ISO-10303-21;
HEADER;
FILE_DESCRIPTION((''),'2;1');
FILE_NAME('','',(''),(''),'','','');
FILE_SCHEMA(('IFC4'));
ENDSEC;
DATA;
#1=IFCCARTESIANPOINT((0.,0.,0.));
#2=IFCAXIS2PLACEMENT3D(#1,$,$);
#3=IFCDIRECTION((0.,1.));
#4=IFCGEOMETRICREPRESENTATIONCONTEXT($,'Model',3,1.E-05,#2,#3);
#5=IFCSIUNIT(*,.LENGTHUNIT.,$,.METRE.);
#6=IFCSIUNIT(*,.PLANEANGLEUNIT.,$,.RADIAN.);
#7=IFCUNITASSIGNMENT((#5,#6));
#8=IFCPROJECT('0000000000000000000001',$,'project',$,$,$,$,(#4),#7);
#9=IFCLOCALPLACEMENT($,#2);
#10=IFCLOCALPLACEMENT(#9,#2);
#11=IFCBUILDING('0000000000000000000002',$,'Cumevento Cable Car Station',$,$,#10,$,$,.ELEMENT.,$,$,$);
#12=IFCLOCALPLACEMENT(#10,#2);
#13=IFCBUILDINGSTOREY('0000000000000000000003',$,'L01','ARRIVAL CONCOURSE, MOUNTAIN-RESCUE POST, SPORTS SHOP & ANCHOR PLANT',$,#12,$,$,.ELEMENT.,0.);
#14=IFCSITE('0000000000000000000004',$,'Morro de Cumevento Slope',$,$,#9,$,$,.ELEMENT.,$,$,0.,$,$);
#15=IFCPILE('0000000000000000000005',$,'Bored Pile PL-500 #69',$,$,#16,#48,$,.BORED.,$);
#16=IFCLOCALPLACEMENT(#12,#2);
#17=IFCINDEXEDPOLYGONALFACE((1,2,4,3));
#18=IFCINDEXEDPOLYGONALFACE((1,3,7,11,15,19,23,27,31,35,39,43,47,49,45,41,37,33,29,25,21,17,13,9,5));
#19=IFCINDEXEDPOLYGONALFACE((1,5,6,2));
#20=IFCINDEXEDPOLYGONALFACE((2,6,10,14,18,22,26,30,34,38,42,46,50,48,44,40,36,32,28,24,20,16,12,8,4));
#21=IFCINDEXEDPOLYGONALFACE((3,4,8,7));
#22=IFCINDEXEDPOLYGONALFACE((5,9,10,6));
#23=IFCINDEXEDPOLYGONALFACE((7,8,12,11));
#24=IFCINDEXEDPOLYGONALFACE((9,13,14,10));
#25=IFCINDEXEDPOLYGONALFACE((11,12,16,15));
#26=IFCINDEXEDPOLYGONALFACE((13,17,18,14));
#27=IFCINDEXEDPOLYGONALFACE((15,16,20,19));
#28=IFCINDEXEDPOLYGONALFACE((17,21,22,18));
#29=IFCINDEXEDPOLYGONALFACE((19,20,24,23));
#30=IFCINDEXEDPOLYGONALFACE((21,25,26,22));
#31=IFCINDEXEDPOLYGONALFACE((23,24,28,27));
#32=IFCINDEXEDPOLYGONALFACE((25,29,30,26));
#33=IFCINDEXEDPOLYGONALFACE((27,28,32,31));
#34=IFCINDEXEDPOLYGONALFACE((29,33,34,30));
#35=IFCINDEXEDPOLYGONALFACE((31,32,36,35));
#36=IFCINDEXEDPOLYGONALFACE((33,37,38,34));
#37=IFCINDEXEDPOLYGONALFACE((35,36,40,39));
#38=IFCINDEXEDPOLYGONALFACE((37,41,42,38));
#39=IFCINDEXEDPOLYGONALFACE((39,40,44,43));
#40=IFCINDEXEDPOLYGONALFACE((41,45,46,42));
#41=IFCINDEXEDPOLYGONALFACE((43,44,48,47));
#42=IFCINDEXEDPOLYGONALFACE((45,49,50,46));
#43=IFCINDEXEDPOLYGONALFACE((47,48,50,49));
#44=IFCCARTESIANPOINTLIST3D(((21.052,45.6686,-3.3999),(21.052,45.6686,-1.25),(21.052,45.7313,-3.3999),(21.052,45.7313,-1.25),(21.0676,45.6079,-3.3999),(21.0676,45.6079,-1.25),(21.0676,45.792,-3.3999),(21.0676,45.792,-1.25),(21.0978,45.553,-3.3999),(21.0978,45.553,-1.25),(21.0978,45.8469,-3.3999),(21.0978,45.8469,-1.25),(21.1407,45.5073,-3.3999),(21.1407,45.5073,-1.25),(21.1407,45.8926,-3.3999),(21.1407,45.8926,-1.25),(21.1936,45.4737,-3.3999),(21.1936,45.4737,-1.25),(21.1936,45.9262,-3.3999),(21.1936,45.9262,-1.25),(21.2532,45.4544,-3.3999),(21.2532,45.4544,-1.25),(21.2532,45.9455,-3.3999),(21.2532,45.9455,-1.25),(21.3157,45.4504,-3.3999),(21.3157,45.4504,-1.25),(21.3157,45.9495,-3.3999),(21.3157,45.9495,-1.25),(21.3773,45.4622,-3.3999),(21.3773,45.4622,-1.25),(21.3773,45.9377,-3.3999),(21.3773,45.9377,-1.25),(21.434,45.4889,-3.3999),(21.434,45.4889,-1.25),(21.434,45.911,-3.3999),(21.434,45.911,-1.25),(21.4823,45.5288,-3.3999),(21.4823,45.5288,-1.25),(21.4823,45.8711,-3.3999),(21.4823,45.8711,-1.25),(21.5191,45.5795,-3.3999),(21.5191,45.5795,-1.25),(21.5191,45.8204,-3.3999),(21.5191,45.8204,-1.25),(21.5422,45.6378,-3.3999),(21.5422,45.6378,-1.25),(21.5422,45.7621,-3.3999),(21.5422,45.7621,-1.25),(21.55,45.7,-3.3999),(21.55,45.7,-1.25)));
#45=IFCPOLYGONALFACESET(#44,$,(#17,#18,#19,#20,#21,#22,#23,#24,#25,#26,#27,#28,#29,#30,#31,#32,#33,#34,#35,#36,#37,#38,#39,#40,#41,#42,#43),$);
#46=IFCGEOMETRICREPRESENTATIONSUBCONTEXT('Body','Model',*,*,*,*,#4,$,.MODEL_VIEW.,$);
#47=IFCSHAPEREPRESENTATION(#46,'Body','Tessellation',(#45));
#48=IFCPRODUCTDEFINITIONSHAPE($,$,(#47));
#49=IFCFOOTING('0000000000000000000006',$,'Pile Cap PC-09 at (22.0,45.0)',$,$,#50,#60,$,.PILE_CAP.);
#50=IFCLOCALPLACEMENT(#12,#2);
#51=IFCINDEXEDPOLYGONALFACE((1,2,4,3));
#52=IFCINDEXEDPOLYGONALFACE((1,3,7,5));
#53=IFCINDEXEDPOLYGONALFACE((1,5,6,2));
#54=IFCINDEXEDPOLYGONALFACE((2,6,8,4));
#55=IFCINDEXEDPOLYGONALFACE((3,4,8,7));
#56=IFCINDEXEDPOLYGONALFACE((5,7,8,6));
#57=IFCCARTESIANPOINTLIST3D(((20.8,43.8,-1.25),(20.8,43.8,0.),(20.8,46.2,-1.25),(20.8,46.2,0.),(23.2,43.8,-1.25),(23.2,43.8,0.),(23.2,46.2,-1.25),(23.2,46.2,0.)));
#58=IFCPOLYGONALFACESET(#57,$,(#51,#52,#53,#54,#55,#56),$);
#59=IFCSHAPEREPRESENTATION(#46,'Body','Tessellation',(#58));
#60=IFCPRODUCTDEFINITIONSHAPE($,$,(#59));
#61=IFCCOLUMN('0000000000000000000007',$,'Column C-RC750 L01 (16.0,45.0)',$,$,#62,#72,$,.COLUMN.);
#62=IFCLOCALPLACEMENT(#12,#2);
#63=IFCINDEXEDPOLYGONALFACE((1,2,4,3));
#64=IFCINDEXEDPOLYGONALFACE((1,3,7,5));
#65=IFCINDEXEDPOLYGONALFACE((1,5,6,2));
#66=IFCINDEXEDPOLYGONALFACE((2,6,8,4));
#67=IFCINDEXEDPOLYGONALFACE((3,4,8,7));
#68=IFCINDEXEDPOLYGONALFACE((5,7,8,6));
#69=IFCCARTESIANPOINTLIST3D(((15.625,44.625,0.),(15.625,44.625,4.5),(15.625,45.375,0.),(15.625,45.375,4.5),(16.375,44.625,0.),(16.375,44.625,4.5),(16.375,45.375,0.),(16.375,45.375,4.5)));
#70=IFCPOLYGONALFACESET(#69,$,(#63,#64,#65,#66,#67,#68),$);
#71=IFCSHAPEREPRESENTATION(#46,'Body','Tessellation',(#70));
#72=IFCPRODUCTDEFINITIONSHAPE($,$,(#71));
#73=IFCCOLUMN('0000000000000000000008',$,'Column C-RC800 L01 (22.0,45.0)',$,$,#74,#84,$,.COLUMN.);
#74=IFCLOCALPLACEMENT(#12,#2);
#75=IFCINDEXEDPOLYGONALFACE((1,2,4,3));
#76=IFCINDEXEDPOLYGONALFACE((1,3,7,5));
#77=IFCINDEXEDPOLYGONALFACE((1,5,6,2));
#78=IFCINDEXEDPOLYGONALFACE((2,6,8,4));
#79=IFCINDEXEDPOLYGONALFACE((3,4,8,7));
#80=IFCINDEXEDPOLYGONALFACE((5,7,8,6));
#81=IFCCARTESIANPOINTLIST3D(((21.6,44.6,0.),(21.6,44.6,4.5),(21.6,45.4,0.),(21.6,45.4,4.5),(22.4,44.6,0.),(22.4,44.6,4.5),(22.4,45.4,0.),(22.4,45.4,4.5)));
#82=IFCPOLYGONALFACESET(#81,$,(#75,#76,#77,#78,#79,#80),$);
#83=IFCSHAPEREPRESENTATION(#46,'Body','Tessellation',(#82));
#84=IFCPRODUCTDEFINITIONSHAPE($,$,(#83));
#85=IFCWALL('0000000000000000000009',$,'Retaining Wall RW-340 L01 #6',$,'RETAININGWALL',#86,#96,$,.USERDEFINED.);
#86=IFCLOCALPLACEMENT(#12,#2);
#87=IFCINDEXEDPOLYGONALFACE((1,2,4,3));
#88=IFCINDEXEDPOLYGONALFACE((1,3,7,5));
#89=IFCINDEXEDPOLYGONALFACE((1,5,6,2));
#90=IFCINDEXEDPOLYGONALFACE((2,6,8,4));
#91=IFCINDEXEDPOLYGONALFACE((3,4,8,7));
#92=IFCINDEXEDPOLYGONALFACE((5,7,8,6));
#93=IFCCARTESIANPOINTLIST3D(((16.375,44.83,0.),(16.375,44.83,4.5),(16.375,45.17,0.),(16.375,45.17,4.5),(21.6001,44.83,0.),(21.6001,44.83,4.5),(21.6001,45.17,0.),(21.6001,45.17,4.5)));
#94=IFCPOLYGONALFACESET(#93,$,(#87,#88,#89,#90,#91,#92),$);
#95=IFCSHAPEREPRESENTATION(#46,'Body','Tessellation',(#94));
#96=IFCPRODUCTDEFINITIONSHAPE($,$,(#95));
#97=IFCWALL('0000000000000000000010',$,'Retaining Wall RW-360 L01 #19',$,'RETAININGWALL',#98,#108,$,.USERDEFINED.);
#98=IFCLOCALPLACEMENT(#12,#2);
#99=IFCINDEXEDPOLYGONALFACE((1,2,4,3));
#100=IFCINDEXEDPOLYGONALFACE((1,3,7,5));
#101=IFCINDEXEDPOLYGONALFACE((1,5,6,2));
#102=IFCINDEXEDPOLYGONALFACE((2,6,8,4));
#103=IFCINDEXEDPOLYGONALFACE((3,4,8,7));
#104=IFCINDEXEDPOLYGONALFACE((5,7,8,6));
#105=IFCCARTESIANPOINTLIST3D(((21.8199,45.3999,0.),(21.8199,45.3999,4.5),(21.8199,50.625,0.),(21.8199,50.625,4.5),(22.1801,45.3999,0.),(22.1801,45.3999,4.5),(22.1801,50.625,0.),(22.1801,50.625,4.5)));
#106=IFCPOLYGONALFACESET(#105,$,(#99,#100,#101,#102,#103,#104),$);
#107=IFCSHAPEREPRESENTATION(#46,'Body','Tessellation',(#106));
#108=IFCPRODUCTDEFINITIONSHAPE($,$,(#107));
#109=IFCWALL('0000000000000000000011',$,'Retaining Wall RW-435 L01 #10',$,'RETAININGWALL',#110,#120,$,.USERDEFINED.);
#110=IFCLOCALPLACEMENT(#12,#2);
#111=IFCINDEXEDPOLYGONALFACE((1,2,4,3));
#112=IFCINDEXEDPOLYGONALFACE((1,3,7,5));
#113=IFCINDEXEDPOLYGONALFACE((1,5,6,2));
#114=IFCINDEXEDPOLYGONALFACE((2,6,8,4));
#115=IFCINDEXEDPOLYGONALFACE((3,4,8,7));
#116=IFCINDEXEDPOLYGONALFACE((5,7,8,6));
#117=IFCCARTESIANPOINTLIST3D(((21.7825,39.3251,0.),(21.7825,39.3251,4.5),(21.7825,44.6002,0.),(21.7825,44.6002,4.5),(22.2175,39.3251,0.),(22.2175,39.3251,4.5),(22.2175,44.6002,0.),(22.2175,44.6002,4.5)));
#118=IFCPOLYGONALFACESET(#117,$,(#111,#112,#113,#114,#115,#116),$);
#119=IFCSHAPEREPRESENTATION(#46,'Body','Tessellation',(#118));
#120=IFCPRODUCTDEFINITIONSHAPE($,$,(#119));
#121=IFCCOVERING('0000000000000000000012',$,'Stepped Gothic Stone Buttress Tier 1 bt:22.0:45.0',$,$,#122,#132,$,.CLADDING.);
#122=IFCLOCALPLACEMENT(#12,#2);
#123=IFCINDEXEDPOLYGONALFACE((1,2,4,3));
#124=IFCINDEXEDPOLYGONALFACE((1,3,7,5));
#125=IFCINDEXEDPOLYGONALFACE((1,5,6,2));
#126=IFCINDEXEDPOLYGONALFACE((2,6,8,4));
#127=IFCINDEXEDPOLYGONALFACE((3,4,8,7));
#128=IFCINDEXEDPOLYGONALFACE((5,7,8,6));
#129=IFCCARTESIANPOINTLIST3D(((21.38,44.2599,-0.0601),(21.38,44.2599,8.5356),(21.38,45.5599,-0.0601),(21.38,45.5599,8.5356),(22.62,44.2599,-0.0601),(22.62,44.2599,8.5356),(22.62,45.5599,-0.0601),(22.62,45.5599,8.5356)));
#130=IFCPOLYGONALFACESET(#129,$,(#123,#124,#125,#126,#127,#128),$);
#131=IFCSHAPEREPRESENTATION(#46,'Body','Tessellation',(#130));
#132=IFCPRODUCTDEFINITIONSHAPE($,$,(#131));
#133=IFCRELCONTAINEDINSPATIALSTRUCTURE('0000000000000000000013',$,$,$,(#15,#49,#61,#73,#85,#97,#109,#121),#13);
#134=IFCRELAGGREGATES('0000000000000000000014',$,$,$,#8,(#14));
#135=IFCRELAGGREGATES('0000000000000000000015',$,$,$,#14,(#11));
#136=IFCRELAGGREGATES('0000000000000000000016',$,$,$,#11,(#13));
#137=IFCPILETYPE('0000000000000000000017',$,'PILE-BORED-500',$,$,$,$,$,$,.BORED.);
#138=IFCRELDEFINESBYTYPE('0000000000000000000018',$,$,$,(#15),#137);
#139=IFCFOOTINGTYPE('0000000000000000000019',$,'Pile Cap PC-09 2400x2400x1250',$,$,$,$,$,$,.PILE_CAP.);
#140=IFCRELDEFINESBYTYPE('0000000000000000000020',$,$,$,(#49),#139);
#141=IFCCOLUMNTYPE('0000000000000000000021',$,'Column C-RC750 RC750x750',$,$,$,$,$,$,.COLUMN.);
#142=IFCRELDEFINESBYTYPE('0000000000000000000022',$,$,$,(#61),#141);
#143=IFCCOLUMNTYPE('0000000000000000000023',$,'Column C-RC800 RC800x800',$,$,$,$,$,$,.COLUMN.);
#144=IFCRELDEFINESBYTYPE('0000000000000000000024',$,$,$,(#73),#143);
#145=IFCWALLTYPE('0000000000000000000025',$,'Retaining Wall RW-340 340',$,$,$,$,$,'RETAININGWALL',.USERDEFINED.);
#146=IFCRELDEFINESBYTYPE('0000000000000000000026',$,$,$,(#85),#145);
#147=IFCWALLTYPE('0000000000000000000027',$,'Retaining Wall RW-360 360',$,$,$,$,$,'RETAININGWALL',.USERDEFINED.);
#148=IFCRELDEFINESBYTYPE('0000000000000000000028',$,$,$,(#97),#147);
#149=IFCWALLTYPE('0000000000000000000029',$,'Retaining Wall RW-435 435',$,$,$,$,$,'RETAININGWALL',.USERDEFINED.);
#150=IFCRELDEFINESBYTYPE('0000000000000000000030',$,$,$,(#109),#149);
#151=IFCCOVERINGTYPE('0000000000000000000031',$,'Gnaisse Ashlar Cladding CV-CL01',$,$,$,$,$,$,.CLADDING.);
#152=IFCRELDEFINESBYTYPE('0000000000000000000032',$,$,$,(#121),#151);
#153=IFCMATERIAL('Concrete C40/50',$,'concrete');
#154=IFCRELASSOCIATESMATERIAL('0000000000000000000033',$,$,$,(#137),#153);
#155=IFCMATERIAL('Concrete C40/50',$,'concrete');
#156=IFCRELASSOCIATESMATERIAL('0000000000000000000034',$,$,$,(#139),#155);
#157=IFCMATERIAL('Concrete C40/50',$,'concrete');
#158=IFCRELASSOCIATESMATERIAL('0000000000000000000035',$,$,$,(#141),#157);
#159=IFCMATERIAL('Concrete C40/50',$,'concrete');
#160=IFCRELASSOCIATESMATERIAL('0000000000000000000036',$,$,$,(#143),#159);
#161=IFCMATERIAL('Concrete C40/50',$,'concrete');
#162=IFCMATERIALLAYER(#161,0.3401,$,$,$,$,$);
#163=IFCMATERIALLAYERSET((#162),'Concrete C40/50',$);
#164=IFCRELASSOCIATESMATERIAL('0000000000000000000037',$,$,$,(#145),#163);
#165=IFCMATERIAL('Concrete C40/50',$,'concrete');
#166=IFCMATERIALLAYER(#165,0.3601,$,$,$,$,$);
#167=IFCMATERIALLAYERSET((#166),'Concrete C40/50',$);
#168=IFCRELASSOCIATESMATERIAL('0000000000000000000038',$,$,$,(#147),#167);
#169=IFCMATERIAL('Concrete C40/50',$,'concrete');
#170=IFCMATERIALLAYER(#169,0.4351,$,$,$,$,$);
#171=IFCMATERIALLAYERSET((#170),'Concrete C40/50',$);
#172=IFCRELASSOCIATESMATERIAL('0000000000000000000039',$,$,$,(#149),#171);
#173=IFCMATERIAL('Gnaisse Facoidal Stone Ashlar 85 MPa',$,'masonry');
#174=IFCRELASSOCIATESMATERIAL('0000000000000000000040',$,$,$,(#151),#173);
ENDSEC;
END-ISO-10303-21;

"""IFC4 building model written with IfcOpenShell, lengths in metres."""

from ifc_helpers import new_model, si_unit, direction, frame, frame_2d, origin, origin_2d, place, context, subcontext, project, spatial, rectangle, circle, extrude, material, layer, layer_set, material_profile, profile_set, type_object, element, save


model = new_model("IFC4")

# Units and contexts
model_context = context("Model", 3, precision=1e-05, world=origin(), true_north=direction((0.0, 1.0)))
body_context = subcontext(model_context, "Body", "Model", "MODEL_VIEW")
ifc_project = project(units=[si_unit("LENGTHUNIT", "METRE"), si_unit("PLANEANGLEUNIT", "RADIAN")], contexts=[model_context])

# Site, building, storey
site_placement = place(None, origin())
site = spatial("IfcSite", under=ifc_project, at=site_placement, Name="Morro de Cumevento Slope", CompositionType="ELEMENT", RefElevation=0.0)
building_placement = place(site_placement, origin())
building = spatial("IfcBuilding", under=site, at=building_placement, Name="Cumevento Cable Car Station", CompositionType="ELEMENT")
storey_placement = place(building_placement, origin())
storey = spatial("IfcBuildingStorey", under=building, at=storey_placement, Name="L01", Description="ARRIVAL CONCOURSE, MOUNTAIN-RESCUE POST, SPORTS SHOP & ANCHOR PLANT", CompositionType="ELEMENT", Elevation=0.0)

# Pile
ifc_material_1 = material(Name="Concrete C40/50", Category="concrete")
ifc_material_profile_1 = material_profile(ifc_material_1, circle(Radius=0.25, at=origin_2d()), Name="PILE-D500")
ifc_profile_set_1 = profile_set([ifc_material_profile_1], Name="Concrete C40/50")
pile_type_1 = type_object("IfcPileType", Name="PILE-BORED-500", PredefinedType="BORED", material=ifc_profile_set_1)
for number, where, z_axis, x_axis, name in (
    (1, (21.3, 45.7, -1.25), (0.0, 0.0, -1.0), (1.0, 0.0, 0.0), "Bored Pile PL-500 #69"),
):
    element("IfcPile", number, at=place(storey_placement, frame(where, z_axis=z_axis, x_axis=x_axis)), inside=storey, type_object=pile_type_1, Name=name, PredefinedType="BORED", context=body_context, shape_type="SweptSolid", body=[
        extrude(circle(Radius=0.25, at=origin_2d()), origin(), (0.0, 0.0, 1.0), 2.1499),
    ])

# Footing
ifc_material_2 = material(Name="Concrete C40/50", Category="concrete")
footing_type = type_object("IfcFootingType", Name="Pile Cap PC-09 2400x2400x1250", PredefinedType="PILE_CAP", material=ifc_material_2)
footing_placement = place(storey_placement, frame((22.0, 45.0, -1.25), z_axis=(0.0, 0.0, 1.0), x_axis=(1.0, 0.0, 0.0)))
element("IfcFooting", 2, at=footing_placement, inside=storey, type_object=footing_type, Name="Pile Cap PC-09 at (22.0,45.0)", PredefinedType="PILE_CAP", context=body_context, shape_type="SweptSolid", body=[
    extrude(rectangle(XDim=2.3999, YDim=2.3999, at=origin_2d()), origin(), (0.0, 0.0, 1.0), 1.25),
])

# Columns
ifc_material_3 = material(Name="Concrete C40/50", Category="concrete")
ifc_material_profile_2 = material_profile(ifc_material_3, rectangle(XDim=0.75, YDim=0.75, at=origin_2d()), Name="RC750x750")
ifc_profile_set_2 = profile_set([ifc_material_profile_2], Name="Concrete C40/50")
column_type_1 = type_object("IfcColumnType", Name="Column C-RC750 RC750x750", PredefinedType="COLUMN", material=ifc_profile_set_2)
column_1_placement = place(storey_placement, frame((16.0, 45.0, 0.0), z_axis=(0.0, 0.0, 1.0), x_axis=(1.0, 0.0, 0.0)))
element("IfcColumn", 3, at=column_1_placement, inside=storey, type_object=column_type_1, Name="Column C-RC750 L01 (16.0,45.0)", PredefinedType="COLUMN", context=body_context, shape_type="SweptSolid", body=[
    extrude(rectangle(XDim=0.75, YDim=0.75, at=origin_2d()), origin(), (0.0, 0.0, 1.0), 4.5),
])
ifc_material_4 = material(Name="Concrete C40/50", Category="concrete")
ifc_material_profile_3 = material_profile(ifc_material_4, rectangle(XDim=0.8, YDim=0.8, at=origin_2d()), Name="RC800x800")
ifc_profile_set_3 = profile_set([ifc_material_profile_3], Name="Concrete C40/50")
column_type_2 = type_object("IfcColumnType", Name="Column C-RC800 RC800x800", PredefinedType="COLUMN", material=ifc_profile_set_3)
column_2_placement = place(storey_placement, frame((22.0, 45.0, 0.0), z_axis=(0.0, 0.0, 1.0), x_axis=(1.0, 0.0, 0.0)))
element("IfcColumn", 4, at=column_2_placement, inside=storey, type_object=column_type_2, Name="Column C-RC800 L01 (22.0,45.0)", PredefinedType="COLUMN", context=body_context, shape_type="SweptSolid", body=[
    extrude(rectangle(XDim=0.8, YDim=0.8, at=origin_2d()), origin(), (0.0, 0.0, 1.0), 4.5),
])

# Walls
ifc_material_5 = material(Name="Concrete C40/50", Category="concrete")
ifc_layer_1 = layer(ifc_material_5, 0.3401)
ifc_layer_set_1 = layer_set([ifc_layer_1], Name="Concrete C40/50")
wall_type_1 = type_object("IfcWallType", Name="Retaining Wall RW-340 340", ElementType="RETAININGWALL", PredefinedType="USERDEFINED", material=ifc_layer_set_1)
wall_1_placement = place(storey_placement, frame((16.375, 45.0, 0.0), z_axis=(0.0, 0.0, 1.0), x_axis=(1.0, 0.0, 0.0)))
element("IfcWall", 5, at=wall_1_placement, inside=storey, type_object=wall_type_1, Name="Retaining Wall RW-340 L01 #6", ObjectType="RETAININGWALL", PredefinedType="USERDEFINED", context=body_context, shape_type="SweptSolid", body=[
    extrude(rectangle(XDim=5.2251, YDim=0.3401, at=frame_2d((2.6125, 0.0))), origin(), (0.0, 0.0, 1.0), 4.5),
])
ifc_material_6 = material(Name="Concrete C40/50", Category="concrete")
ifc_layer_2 = layer(ifc_material_6, 0.3601)
ifc_layer_set_2 = layer_set([ifc_layer_2], Name="Concrete C40/50")
wall_type_2 = type_object("IfcWallType", Name="Retaining Wall RW-360 360", ElementType="RETAININGWALL", PredefinedType="USERDEFINED", material=ifc_layer_set_2)
wall_2_placement = place(storey_placement, frame((22.0, 45.3999, 0.0), z_axis=(0.0, 0.0, 1.0), x_axis=(0.0, 1.0, 0.0)))
element("IfcWall", 6, at=wall_2_placement, inside=storey, type_object=wall_type_2, Name="Retaining Wall RW-360 L01 #19", ObjectType="RETAININGWALL", PredefinedType="USERDEFINED", context=body_context, shape_type="SweptSolid", body=[
    extrude(rectangle(XDim=5.2251, YDim=0.3601, at=frame_2d((2.6125, 0.0))), origin(), (0.0, 0.0, 1.0), 4.5),
])
ifc_material_7 = material(Name="Concrete C40/50", Category="concrete")
ifc_layer_3 = layer(ifc_material_7, 0.4351)
ifc_layer_set_3 = layer_set([ifc_layer_3], Name="Concrete C40/50")
wall_type_3 = type_object("IfcWallType", Name="Retaining Wall RW-435 435", ElementType="RETAININGWALL", PredefinedType="USERDEFINED", material=ifc_layer_set_3)
wall_3_placement = place(storey_placement, frame((22.0, 39.325, 0.0), z_axis=(0.0, 0.0, 1.0), x_axis=(0.0, 1.0, 0.0)))
element("IfcWall", 7, at=wall_3_placement, inside=storey, type_object=wall_type_3, Name="Retaining Wall RW-435 L01 #10", ObjectType="RETAININGWALL", PredefinedType="USERDEFINED", context=body_context, shape_type="SweptSolid", body=[
    extrude(rectangle(XDim=5.2751, YDim=0.4351, at=frame_2d((2.6377, 0.0))), origin(), (0.0, 0.0, 1.0), 4.5),
])

# Covering
ifc_material_8 = material(Name="Gnaisse Facoidal Stone Ashlar 85 MPa", Category="masonry")
covering_type = type_object("IfcCoveringType", Name="Gnaisse Ashlar Cladding CV-CL01", PredefinedType="CLADDING", material=ifc_material_8)
covering_1_placement = place(storey_placement, frame((22.0, 44.9099, -0.0601), z_axis=(0.0, 0.0, 1.0), x_axis=(1.0, 0.0, 0.0)))
element("IfcCovering", 8, at=covering_1_placement, inside=storey, type_object=covering_type, Name="Stepped Gothic Stone Buttress Tier 1 bt:22.0:45.0", PredefinedType="CLADDING", context=body_context, shape_type="SweptSolid", body=[
    extrude(rectangle(XDim=1.24, YDim=1.3, at=origin_2d()), origin(), (0.0, 0.0, 1.0), 8.5957),
])

save(model, "model.ifc")
